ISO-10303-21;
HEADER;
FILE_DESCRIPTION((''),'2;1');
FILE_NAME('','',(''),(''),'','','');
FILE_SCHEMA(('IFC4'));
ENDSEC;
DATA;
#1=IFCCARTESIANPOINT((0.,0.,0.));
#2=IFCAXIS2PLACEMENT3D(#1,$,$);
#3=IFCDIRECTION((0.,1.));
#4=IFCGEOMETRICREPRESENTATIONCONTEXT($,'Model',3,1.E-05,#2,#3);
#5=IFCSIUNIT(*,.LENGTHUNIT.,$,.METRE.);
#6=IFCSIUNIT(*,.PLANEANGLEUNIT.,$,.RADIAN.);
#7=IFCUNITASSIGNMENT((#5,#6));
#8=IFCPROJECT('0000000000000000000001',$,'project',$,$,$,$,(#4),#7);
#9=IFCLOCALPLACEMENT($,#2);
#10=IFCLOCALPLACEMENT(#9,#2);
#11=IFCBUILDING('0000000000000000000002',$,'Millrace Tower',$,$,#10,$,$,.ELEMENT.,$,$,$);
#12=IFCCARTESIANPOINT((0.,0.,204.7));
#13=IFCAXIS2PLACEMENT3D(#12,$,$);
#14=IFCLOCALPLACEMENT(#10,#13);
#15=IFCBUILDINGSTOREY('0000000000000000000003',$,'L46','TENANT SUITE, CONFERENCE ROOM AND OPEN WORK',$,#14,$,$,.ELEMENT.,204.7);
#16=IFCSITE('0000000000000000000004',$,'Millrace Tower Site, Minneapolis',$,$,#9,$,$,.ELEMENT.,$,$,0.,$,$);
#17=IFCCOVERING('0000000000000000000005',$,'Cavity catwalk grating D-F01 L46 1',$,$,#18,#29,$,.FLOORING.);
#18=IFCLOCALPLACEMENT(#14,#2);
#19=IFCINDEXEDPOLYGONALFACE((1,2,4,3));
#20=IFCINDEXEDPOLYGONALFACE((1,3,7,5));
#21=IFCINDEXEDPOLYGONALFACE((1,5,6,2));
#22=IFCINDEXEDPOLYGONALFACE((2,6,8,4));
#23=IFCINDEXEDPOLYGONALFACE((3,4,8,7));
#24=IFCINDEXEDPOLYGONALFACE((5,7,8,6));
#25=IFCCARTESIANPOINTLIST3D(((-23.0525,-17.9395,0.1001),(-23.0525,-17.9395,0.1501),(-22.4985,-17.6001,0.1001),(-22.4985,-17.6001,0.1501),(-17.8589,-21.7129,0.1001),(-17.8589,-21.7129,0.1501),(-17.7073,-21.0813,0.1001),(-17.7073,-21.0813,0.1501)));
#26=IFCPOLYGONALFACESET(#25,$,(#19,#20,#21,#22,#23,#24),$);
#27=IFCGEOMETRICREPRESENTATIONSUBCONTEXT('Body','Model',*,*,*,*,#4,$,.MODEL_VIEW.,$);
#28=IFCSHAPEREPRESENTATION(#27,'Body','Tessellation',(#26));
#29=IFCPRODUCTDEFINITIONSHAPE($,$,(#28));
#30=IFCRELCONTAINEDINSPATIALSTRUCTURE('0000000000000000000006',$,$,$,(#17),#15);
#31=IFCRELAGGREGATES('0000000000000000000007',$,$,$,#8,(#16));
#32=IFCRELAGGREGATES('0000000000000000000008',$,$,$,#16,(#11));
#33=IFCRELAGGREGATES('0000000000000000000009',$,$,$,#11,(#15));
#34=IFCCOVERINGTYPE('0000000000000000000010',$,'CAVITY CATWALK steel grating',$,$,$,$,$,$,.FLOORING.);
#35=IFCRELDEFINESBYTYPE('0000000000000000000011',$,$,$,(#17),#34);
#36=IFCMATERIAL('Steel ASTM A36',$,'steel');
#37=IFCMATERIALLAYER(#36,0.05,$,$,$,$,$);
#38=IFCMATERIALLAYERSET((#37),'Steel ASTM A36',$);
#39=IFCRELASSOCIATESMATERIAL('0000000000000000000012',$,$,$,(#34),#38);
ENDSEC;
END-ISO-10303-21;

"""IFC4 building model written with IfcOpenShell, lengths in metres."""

from ifc_helpers import new_model, si_unit, direction, frame, origin, place, context, subcontext, project, spatial, polyline, outline, extrude, material, layer, layer_set, type_object, element, save


model = new_model("IFC4")

# Units and contexts
model_context = context("Model", 3, precision=1e-05, world=origin(), true_north=direction((0.0, 1.0)))
body_context = subcontext(model_context, "Body", "Model", "MODEL_VIEW")
ifc_project = project(units=[si_unit("LENGTHUNIT", "METRE"), si_unit("PLANEANGLEUNIT", "RADIAN")], contexts=[model_context])

# Site, building, storey
site_placement = place(None, origin())
site = spatial("IfcSite", under=ifc_project, at=site_placement, Name="Millrace Tower Site, Minneapolis", CompositionType="ELEMENT", RefElevation=0.0)
building_placement = place(site_placement, origin())
building = spatial("IfcBuilding", under=site, at=building_placement, Name="Millrace Tower", CompositionType="ELEMENT")
storey_placement = place(building_placement, frame((0.0, 0.0, 204.7)))
storey = spatial("IfcBuildingStorey", under=building, at=storey_placement, Name="L46", Description="TENANT SUITE, CONFERENCE ROOM AND OPEN WORK", CompositionType="ELEMENT", Elevation=204.7)

# Covering
ifc_material_1 = material(Name="Steel ASTM A36", Category="steel")
ifc_layer_1 = layer(ifc_material_1, 0.05)
ifc_layer_set_1 = layer_set([ifc_layer_1], Name="Steel ASTM A36")
covering_type = type_object("IfcCoveringType", Name="CAVITY CATWALK steel grating", PredefinedType="FLOORING", material=ifc_layer_set_1)
covering_placement = place(storey_placement, frame((0.0, 0.0, 0.1001)))
element("IfcCovering", 1, at=covering_placement, inside=storey, type_object=covering_type, Name="Cavity catwalk grating D-F01 L46 1", PredefinedType="FLOORING", context=body_context, shape_type="SweptSolid", body=[
    extrude(outline(polyline([(-23.0525, -17.9395), (-17.8589, -21.7129), (-17.7073, -21.0813), (-22.4985, -17.6001), (-23.0525, -17.9395)])), origin(), (0.0, 0.0, 1.0), 0.05),
])

save(model, "model.ifc")
